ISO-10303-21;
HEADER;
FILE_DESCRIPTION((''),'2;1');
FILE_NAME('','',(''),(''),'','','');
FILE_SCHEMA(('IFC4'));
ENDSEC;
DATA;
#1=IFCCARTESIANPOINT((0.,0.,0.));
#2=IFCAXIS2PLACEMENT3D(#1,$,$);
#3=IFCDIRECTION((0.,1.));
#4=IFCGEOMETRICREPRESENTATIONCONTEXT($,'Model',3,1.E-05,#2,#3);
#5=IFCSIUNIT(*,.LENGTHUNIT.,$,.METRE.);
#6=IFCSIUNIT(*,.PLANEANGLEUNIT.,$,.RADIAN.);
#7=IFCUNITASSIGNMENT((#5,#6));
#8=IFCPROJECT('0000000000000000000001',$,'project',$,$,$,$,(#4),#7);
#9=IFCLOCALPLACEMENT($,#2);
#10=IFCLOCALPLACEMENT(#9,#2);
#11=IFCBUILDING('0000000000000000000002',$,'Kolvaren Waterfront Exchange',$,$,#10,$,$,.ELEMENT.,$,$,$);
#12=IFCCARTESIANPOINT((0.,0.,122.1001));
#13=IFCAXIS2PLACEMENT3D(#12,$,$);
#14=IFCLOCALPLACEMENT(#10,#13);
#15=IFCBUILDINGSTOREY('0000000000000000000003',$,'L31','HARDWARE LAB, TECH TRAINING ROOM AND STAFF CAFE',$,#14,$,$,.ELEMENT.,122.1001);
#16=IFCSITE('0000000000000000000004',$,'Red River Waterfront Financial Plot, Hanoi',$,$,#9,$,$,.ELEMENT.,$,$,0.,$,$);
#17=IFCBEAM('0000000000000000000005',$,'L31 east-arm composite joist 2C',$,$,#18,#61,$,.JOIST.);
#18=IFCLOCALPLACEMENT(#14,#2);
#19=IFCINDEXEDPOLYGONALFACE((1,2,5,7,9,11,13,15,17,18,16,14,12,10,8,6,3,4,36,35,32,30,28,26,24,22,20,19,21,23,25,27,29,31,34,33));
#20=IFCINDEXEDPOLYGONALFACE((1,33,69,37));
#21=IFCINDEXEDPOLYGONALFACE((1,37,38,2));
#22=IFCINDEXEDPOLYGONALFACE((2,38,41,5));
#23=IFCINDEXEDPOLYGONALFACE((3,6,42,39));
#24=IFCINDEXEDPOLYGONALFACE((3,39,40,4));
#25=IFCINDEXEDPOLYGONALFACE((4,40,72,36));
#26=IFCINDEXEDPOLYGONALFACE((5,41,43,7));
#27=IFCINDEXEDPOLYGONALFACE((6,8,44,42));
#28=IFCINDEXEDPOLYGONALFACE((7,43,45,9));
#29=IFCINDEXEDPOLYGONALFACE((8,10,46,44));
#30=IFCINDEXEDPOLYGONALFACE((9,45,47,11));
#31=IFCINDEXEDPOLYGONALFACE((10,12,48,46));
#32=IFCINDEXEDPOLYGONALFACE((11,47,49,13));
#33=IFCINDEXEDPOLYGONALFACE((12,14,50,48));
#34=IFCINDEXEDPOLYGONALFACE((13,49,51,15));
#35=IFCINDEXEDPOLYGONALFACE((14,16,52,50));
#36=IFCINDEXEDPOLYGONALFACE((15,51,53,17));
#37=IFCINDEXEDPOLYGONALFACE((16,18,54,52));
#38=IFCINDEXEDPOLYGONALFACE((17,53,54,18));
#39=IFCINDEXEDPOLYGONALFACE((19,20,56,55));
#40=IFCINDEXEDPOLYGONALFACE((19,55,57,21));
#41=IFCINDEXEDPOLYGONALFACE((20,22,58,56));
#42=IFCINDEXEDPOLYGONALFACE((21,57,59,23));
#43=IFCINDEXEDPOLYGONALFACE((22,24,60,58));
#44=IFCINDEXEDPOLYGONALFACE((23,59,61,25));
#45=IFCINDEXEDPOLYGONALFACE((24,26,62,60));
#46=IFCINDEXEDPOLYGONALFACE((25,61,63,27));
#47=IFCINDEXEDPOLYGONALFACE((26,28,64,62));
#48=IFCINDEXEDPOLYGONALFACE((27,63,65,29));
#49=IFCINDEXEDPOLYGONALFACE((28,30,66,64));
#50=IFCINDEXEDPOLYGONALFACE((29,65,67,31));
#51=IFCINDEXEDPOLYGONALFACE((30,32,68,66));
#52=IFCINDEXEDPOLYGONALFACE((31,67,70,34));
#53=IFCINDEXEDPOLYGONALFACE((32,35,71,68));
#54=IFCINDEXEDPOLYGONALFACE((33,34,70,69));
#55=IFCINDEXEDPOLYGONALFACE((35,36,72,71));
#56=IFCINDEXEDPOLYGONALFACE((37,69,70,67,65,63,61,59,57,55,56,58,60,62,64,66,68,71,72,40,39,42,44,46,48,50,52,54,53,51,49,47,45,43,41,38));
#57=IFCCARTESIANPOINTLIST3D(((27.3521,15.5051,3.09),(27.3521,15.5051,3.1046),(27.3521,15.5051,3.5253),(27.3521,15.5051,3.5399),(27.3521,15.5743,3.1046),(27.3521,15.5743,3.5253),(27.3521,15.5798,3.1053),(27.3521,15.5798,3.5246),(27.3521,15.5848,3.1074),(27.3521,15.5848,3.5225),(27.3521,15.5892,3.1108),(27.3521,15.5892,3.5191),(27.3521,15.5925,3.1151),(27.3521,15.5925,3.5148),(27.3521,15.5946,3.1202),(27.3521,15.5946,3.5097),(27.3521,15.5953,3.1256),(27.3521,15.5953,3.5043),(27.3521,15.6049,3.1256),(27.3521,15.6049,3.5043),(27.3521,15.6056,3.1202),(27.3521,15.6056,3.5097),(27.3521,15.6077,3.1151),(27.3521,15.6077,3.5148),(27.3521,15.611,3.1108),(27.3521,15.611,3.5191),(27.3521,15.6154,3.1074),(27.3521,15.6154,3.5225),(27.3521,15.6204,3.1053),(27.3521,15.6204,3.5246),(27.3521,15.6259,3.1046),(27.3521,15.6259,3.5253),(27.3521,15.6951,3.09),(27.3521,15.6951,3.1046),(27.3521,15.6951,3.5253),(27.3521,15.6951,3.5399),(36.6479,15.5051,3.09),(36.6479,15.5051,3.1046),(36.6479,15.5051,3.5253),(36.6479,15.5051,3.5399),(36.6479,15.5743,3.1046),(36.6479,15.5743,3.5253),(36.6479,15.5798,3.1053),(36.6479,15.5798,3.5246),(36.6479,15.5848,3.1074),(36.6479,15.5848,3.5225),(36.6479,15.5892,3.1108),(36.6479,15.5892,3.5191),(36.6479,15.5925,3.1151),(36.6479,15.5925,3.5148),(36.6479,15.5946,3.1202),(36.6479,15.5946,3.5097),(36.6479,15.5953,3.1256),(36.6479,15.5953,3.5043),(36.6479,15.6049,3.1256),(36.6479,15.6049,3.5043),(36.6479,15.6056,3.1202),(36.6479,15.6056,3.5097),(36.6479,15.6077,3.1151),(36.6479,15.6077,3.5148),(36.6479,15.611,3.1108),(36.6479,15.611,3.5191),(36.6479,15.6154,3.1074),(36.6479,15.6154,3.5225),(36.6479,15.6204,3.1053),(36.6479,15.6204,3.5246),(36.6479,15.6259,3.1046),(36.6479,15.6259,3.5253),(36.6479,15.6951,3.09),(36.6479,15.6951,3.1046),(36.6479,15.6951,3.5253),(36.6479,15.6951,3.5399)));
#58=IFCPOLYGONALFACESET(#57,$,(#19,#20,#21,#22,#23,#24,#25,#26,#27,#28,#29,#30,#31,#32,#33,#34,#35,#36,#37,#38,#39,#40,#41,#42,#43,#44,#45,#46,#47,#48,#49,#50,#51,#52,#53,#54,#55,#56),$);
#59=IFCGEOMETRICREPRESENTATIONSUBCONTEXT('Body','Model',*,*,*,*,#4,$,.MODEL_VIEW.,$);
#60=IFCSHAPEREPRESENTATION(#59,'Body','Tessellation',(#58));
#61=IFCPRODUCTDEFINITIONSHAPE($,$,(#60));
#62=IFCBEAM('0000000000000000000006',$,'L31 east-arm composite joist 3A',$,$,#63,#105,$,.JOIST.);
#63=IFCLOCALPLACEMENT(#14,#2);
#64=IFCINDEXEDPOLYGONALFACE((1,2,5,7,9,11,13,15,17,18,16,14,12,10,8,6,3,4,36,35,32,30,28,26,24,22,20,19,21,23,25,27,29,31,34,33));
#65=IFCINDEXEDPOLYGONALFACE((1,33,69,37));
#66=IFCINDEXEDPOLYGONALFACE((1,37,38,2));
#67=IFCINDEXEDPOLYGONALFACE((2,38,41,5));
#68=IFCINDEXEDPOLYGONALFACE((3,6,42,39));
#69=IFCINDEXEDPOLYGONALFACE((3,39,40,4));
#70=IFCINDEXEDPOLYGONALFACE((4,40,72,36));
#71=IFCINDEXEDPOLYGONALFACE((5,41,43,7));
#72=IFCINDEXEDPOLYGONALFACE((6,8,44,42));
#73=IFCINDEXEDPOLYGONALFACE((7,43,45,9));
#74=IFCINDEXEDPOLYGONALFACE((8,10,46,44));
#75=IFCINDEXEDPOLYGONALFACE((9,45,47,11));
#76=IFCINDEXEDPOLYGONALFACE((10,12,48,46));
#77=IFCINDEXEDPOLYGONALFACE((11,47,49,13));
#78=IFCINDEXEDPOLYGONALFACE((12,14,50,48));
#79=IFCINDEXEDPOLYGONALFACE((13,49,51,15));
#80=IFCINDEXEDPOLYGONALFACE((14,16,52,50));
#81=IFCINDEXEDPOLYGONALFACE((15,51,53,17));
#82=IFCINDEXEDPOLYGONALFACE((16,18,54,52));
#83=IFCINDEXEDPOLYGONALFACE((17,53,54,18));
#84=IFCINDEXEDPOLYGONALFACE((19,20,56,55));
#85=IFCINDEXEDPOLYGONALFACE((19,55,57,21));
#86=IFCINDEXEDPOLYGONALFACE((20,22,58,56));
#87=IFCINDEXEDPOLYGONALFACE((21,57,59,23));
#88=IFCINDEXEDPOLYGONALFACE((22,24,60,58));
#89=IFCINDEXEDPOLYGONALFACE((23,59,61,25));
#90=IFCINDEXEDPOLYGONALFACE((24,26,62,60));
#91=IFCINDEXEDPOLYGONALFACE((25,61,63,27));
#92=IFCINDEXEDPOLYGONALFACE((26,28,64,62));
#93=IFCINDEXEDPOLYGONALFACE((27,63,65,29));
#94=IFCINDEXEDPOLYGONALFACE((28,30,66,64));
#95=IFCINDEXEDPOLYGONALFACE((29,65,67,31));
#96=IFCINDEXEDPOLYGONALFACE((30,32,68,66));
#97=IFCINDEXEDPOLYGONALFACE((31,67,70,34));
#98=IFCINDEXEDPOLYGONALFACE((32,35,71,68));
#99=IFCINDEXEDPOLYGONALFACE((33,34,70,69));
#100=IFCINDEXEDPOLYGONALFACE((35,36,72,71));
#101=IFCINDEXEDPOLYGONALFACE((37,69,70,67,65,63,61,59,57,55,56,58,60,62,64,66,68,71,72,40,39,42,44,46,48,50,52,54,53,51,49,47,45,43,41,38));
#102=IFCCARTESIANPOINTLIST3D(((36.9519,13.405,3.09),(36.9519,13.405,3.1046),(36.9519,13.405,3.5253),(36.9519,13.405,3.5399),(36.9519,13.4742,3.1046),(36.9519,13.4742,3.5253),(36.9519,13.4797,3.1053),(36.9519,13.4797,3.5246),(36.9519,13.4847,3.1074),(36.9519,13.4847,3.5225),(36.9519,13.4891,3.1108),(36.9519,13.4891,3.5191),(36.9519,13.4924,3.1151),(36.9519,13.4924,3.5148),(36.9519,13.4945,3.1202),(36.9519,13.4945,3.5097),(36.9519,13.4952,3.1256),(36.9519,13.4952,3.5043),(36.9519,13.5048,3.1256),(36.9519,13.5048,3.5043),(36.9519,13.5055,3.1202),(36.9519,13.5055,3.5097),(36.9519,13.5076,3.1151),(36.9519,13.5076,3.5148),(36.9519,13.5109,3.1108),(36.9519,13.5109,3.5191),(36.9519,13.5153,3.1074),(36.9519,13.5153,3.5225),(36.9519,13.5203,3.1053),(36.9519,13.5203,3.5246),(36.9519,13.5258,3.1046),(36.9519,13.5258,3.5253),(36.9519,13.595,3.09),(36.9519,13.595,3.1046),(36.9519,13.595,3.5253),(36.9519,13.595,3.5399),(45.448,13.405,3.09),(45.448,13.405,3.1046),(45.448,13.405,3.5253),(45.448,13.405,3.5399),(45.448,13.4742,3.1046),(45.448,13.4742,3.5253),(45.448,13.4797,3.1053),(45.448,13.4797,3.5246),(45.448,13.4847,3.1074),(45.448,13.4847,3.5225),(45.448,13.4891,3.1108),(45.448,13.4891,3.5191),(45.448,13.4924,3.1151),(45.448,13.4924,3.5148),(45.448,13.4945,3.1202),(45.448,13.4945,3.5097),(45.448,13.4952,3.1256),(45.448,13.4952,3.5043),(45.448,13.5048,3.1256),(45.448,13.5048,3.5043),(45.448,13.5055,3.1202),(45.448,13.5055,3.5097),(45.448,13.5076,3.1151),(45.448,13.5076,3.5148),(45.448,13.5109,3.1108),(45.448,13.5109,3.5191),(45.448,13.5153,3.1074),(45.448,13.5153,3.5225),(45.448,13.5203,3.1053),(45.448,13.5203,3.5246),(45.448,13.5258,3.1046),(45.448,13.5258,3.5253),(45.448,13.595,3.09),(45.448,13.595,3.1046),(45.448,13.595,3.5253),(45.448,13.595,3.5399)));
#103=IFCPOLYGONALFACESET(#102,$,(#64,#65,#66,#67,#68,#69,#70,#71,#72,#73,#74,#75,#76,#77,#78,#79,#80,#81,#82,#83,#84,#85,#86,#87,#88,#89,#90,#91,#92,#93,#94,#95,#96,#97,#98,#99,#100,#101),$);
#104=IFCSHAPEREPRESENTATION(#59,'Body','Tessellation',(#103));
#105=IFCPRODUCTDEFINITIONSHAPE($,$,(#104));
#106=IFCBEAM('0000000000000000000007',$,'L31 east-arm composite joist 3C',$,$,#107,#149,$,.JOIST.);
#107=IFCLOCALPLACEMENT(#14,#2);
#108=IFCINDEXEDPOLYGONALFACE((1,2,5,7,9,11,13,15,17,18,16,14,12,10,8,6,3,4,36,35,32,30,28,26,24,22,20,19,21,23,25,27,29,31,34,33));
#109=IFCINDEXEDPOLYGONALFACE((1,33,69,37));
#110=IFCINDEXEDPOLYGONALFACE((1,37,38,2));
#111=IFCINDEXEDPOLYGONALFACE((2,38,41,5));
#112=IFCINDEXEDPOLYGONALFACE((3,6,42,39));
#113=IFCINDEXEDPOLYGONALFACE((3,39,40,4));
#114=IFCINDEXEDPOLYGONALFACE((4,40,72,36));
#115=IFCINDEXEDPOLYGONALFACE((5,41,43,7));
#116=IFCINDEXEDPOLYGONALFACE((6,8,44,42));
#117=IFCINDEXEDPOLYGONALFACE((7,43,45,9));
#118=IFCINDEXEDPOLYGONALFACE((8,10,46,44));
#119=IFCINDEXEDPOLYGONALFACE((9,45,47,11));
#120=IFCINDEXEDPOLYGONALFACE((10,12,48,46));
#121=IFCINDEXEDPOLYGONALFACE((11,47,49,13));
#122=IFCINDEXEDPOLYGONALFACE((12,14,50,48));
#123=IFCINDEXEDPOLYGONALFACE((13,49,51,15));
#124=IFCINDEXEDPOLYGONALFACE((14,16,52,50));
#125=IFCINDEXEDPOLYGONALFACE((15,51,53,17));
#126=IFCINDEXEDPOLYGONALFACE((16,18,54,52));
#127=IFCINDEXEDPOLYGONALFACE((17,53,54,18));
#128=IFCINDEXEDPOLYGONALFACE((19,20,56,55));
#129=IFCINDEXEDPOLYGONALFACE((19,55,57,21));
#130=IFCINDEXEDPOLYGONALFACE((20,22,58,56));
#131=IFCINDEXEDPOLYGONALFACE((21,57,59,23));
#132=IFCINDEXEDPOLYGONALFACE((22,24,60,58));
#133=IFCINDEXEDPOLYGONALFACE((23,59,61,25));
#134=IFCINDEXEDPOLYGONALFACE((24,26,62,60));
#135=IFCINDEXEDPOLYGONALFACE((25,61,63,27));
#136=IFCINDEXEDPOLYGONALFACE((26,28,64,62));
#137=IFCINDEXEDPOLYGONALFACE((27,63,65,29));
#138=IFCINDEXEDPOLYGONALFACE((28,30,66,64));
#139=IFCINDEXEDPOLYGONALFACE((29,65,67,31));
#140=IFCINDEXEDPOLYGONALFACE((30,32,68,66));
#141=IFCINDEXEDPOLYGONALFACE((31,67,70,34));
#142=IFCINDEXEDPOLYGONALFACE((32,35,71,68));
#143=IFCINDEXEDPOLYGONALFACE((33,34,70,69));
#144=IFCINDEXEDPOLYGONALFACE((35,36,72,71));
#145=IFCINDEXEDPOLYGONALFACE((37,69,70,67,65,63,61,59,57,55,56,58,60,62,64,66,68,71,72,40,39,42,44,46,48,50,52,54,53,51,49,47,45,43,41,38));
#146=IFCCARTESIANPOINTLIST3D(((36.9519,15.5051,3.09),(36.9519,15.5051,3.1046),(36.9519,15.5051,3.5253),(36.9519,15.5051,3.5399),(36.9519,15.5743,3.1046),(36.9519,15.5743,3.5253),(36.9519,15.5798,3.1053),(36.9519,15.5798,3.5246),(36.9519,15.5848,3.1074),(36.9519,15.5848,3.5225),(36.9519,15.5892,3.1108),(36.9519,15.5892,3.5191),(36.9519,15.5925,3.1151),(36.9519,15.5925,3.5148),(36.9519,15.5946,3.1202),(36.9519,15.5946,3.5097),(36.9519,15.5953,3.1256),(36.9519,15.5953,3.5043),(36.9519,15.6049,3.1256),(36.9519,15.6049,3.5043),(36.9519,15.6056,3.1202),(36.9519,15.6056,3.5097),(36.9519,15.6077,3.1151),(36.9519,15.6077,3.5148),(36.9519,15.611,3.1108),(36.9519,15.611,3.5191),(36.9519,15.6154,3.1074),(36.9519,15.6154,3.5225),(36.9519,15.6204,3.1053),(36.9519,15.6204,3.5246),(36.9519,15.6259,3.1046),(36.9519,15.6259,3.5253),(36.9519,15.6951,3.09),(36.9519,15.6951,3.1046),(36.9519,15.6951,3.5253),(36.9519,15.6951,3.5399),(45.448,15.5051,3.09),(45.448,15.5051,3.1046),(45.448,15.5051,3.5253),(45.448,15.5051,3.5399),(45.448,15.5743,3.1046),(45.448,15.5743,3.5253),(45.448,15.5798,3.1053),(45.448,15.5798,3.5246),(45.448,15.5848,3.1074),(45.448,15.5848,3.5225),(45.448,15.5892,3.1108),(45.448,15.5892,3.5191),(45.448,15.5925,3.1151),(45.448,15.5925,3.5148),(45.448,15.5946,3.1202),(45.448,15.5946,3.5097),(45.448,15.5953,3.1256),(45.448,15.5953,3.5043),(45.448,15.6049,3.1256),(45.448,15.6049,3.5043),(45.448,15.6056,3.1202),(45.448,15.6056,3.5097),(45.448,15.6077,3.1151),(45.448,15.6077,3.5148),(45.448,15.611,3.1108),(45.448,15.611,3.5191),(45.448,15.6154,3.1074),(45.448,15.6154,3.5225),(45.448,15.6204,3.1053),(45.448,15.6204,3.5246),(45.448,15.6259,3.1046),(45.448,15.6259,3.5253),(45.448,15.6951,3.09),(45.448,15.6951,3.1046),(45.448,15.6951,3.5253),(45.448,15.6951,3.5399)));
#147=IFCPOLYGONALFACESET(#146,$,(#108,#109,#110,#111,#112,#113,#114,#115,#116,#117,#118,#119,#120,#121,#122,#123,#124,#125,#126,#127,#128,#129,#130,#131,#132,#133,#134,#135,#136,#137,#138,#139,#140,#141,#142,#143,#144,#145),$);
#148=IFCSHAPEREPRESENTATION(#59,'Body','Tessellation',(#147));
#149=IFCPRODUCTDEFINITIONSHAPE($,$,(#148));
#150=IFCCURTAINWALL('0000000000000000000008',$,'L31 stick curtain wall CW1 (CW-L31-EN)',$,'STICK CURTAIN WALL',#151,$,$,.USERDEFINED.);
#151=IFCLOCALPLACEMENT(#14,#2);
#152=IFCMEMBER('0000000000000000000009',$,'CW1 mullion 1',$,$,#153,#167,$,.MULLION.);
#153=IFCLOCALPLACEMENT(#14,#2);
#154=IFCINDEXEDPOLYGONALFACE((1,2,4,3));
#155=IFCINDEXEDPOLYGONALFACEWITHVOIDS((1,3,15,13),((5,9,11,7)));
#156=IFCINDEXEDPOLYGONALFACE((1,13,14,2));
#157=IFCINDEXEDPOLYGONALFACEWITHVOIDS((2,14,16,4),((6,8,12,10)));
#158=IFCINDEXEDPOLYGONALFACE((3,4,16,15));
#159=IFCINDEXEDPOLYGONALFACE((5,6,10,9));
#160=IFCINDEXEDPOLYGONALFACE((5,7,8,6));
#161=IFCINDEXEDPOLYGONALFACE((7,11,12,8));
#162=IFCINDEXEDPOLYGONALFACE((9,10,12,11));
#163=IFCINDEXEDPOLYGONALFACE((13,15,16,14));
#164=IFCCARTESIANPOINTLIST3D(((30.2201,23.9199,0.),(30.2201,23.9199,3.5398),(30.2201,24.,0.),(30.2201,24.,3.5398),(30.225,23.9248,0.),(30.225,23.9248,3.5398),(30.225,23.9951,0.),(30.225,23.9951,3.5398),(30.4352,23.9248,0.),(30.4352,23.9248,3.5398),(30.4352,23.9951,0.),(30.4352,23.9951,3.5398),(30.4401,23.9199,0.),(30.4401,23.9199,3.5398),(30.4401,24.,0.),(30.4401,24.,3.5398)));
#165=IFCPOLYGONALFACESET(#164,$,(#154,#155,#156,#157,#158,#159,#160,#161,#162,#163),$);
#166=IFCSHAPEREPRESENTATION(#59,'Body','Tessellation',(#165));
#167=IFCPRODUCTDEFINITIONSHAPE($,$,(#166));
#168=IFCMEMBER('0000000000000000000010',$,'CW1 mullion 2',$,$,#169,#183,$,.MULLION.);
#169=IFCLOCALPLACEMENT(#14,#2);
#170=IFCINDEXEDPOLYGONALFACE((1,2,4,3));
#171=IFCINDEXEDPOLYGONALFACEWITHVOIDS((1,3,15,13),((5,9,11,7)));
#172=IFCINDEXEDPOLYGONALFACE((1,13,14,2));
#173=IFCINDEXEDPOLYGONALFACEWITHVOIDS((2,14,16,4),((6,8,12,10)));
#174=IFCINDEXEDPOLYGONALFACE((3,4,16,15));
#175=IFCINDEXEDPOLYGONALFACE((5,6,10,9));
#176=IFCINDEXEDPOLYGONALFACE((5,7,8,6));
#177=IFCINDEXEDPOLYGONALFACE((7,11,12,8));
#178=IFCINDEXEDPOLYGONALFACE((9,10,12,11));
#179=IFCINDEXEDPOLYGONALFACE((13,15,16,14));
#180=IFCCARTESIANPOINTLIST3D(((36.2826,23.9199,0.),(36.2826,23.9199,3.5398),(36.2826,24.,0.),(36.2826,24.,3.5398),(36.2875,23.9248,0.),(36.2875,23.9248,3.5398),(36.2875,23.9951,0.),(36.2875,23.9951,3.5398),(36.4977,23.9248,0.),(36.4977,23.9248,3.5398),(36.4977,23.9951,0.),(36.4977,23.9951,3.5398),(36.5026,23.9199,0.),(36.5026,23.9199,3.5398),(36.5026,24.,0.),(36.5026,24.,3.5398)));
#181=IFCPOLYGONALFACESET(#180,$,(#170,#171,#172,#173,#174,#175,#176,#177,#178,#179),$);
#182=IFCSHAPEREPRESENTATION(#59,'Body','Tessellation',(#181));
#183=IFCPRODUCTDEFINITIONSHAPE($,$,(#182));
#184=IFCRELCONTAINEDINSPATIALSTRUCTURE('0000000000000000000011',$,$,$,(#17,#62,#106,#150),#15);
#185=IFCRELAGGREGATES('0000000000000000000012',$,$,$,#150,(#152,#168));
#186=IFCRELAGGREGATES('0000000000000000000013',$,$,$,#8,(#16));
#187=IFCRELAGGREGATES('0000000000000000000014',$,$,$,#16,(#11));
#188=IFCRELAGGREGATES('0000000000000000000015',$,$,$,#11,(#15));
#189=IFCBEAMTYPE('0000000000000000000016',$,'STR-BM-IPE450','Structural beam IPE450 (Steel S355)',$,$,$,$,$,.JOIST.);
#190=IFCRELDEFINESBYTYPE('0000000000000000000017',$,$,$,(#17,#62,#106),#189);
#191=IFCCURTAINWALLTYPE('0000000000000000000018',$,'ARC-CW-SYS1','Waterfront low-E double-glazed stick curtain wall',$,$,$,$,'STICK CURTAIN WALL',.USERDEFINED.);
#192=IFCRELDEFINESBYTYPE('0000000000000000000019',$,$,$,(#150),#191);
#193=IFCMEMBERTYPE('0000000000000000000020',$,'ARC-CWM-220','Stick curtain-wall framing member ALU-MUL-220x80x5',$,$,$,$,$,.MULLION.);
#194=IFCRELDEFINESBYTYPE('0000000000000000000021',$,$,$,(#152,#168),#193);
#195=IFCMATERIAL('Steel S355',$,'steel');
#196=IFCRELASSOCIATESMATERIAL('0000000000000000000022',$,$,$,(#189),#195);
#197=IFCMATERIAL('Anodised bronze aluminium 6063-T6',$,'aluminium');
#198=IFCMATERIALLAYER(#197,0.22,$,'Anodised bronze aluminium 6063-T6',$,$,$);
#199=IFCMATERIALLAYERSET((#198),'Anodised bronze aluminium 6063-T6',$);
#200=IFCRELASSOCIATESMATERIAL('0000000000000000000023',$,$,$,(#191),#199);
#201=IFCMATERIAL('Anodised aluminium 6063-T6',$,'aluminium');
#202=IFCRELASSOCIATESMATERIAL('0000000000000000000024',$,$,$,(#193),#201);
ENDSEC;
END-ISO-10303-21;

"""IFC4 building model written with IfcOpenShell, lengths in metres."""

from ifc_helpers import new_model, si_unit, direction, frame, origin, origin_with_axes, origin_2d, place, context, subcontext, project, spatial, hollow_rectangle, i_section, extrude, source, transform, mapped, material, layer, layer_set, material_profile, profile_set, type_object, element, aggregate, save


model = new_model("IFC4")

# Units and contexts
model_context = context("Model", 3, precision=1e-05, world=origin(), true_north=direction((0.0, 1.0)))
body_context = subcontext(model_context, "Body", "Model", "MODEL_VIEW")
ifc_project = project(units=[si_unit("LENGTHUNIT", "METRE"), si_unit("PLANEANGLEUNIT", "RADIAN")], contexts=[model_context])

# Site, building, storey
site_placement = place(None, origin())
site = spatial("IfcSite", under=ifc_project, at=site_placement, Name="Red River Waterfront Financial Plot, Hanoi", CompositionType="ELEMENT", RefElevation=0.0)
building_placement = place(site_placement, origin())
building = spatial("IfcBuilding", under=site, at=building_placement, Name="Kolvaren Waterfront Exchange", CompositionType="ELEMENT")
storey_placement = place(building_placement, frame((0.0, 0.0, 122.1001)))
storey = spatial("IfcBuildingStorey", under=building, at=storey_placement, Name="L31", Description="HARDWARE LAB, TECH TRAINING ROOM AND STAFF CAFE", CompositionType="ELEMENT", Elevation=122.1001)

# Beams
ifc_material_1 = material(Name="Steel S355", Category="steel")
ifc_material_profile_1 = material_profile(ifc_material_1, i_section(OverallWidth=0.1899, OverallDepth=0.45, WebThickness=0.0095, FlangeThickness=0.0146, FilletRadius=0.021, at=origin_2d()), Name="IPE450")
ifc_profile_set_1 = profile_set([ifc_material_profile_1], Name="Steel S355")
beam_type_1 = type_object("IfcBeamType", Name="STR-BM-IPE450", Description="Structural beam IPE450 (Steel S355)", PredefinedType="JOIST", material=ifc_profile_set_1)
for number, where, z_axis, x_axis, name in (
    (1, (27.3521, 15.6001, 3.3149), (1.0, 0.0, 0.0), (0.0, 1.0, 0.0), "L31 east-arm composite joist 2C"),
):
    element("IfcBeam", number, at=place(storey_placement, frame(where, z_axis=z_axis, x_axis=x_axis)), inside=storey, type_object=beam_type_1, Name=name, PredefinedType="JOIST", context=body_context, shape_type="SweptSolid", body=[
        extrude(i_section(OverallWidth=0.1899, OverallDepth=0.45, WebThickness=0.0095, FlangeThickness=0.0146, FilletRadius=0.021, at=origin_2d()), origin(), (0.0, 0.0, 1.0), 9.2959),
    ])
for number, where, z_axis, x_axis, name in (
    (2, (36.9519, 13.5, 3.3149), (1.0, 0.0, 0.0), (0.0, 1.0, 0.0), "L31 east-arm composite joist 3A"),
    (3, (36.9519, 15.6001, 3.3149), (1.0, 0.0, 0.0), (0.0, 1.0, 0.0), "L31 east-arm composite joist 3C"),
):
    element("IfcBeam", number, at=place(storey_placement, frame(where, z_axis=z_axis, x_axis=x_axis)), inside=storey, type_object=beam_type_1, Name=name, PredefinedType="JOIST", context=body_context, shape_type="SweptSolid", body=[
        extrude(i_section(OverallWidth=0.1899, OverallDepth=0.45, WebThickness=0.0095, FlangeThickness=0.0146, FilletRadius=0.021, at=origin_2d()), origin(), (0.0, 0.0, 1.0), 8.4961),
    ])

# Curtain wall, members
ifc_material_2 = material(Name="Anodised bronze aluminium 6063-T6", Category="aluminium")
ifc_layer_1 = layer(ifc_material_2, 0.22, Name="Anodised bronze aluminium 6063-T6")
ifc_layer_set_1 = layer_set([ifc_layer_1], Name="Anodised bronze aluminium 6063-T6")
curtain_wall_type = type_object("IfcCurtainWallType", Name="ARC-CW-SYS1", Description="Waterfront low-E double-glazed stick curtain wall", ElementType="STICK CURTAIN WALL", PredefinedType="USERDEFINED", material=ifc_layer_set_1)
curtain_wall_placement = place(storey_placement, origin())
curtain_wall = element("IfcCurtainWall", 4, at=curtain_wall_placement, inside=storey, type_object=curtain_wall_type, Name="L31 stick curtain wall CW1 (CW-L31-EN)", ObjectType="STICK CURTAIN WALL", PredefinedType="USERDEFINED")
ifc_material_3 = material(Name="Anodised aluminium 6063-T6", Category="aluminium")
ifc_material_profile_2 = material_profile(ifc_material_3, hollow_rectangle(XDim=0.0801, YDim=0.22, WallThickness=0.0049, at=origin_2d()), Name="ALU-MUL-220x80x5")
ifc_profile_set_2 = profile_set([ifc_material_profile_2], Name="Anodised aluminium 6063-T6")
member_type_1 = type_object("IfcMemberType", Name="ARC-CWM-220", Description="Stick curtain-wall framing member ALU-MUL-220x80x5", PredefinedType="MULLION", material=ifc_profile_set_2)
shared_shape_1 = source(origin_with_axes(), body_context, "Body", "SweptSolid", [
    extrude(hollow_rectangle(XDim=0.0801, YDim=0.22, WallThickness=0.0049, at=origin_2d()), origin(), (0.0, 0.0, 1.0), 3.5398),
])
member_1_placement = place(storey_placement, frame((30.3301, 23.96, 0.0), z_axis=(0.0, 0.0, 1.0), x_axis=(0.0, 1.0, 0.0)))
member_1 = element("IfcMember", 5, at=member_1_placement, type_object=member_type_1, Name="CW1 mullion 1", PredefinedType="MULLION", context=body_context, shape_type="MappedRepresentation", body=[
    mapped(shared_shape_1, transform((0.0, 0.0, 0.0), x_axis=(1.0, 0.0, 0.0), y_axis=(0.0, 1.0, 0.0), z_axis=(0.0, 0.0, 1.0), scale=1.0)),
])
member_2_placement = place(storey_placement, frame((36.3926, 23.96, 0.0), z_axis=(0.0, 0.0, 1.0), x_axis=(0.0, 1.0, 0.0)))
member_2 = element("IfcMember", 6, at=member_2_placement, type_object=member_type_1, Name="CW1 mullion 2", PredefinedType="MULLION", context=body_context, shape_type="MappedRepresentation", body=[
    mapped(shared_shape_1, transform((0.0, 0.0, 0.0), x_axis=(1.0, 0.0, 0.0), y_axis=(0.0, 1.0, 0.0), z_axis=(0.0, 0.0, 1.0), scale=1.0)),
])
aggregate(curtain_wall, [member_1, member_2])

save(model, "model.ifc")
